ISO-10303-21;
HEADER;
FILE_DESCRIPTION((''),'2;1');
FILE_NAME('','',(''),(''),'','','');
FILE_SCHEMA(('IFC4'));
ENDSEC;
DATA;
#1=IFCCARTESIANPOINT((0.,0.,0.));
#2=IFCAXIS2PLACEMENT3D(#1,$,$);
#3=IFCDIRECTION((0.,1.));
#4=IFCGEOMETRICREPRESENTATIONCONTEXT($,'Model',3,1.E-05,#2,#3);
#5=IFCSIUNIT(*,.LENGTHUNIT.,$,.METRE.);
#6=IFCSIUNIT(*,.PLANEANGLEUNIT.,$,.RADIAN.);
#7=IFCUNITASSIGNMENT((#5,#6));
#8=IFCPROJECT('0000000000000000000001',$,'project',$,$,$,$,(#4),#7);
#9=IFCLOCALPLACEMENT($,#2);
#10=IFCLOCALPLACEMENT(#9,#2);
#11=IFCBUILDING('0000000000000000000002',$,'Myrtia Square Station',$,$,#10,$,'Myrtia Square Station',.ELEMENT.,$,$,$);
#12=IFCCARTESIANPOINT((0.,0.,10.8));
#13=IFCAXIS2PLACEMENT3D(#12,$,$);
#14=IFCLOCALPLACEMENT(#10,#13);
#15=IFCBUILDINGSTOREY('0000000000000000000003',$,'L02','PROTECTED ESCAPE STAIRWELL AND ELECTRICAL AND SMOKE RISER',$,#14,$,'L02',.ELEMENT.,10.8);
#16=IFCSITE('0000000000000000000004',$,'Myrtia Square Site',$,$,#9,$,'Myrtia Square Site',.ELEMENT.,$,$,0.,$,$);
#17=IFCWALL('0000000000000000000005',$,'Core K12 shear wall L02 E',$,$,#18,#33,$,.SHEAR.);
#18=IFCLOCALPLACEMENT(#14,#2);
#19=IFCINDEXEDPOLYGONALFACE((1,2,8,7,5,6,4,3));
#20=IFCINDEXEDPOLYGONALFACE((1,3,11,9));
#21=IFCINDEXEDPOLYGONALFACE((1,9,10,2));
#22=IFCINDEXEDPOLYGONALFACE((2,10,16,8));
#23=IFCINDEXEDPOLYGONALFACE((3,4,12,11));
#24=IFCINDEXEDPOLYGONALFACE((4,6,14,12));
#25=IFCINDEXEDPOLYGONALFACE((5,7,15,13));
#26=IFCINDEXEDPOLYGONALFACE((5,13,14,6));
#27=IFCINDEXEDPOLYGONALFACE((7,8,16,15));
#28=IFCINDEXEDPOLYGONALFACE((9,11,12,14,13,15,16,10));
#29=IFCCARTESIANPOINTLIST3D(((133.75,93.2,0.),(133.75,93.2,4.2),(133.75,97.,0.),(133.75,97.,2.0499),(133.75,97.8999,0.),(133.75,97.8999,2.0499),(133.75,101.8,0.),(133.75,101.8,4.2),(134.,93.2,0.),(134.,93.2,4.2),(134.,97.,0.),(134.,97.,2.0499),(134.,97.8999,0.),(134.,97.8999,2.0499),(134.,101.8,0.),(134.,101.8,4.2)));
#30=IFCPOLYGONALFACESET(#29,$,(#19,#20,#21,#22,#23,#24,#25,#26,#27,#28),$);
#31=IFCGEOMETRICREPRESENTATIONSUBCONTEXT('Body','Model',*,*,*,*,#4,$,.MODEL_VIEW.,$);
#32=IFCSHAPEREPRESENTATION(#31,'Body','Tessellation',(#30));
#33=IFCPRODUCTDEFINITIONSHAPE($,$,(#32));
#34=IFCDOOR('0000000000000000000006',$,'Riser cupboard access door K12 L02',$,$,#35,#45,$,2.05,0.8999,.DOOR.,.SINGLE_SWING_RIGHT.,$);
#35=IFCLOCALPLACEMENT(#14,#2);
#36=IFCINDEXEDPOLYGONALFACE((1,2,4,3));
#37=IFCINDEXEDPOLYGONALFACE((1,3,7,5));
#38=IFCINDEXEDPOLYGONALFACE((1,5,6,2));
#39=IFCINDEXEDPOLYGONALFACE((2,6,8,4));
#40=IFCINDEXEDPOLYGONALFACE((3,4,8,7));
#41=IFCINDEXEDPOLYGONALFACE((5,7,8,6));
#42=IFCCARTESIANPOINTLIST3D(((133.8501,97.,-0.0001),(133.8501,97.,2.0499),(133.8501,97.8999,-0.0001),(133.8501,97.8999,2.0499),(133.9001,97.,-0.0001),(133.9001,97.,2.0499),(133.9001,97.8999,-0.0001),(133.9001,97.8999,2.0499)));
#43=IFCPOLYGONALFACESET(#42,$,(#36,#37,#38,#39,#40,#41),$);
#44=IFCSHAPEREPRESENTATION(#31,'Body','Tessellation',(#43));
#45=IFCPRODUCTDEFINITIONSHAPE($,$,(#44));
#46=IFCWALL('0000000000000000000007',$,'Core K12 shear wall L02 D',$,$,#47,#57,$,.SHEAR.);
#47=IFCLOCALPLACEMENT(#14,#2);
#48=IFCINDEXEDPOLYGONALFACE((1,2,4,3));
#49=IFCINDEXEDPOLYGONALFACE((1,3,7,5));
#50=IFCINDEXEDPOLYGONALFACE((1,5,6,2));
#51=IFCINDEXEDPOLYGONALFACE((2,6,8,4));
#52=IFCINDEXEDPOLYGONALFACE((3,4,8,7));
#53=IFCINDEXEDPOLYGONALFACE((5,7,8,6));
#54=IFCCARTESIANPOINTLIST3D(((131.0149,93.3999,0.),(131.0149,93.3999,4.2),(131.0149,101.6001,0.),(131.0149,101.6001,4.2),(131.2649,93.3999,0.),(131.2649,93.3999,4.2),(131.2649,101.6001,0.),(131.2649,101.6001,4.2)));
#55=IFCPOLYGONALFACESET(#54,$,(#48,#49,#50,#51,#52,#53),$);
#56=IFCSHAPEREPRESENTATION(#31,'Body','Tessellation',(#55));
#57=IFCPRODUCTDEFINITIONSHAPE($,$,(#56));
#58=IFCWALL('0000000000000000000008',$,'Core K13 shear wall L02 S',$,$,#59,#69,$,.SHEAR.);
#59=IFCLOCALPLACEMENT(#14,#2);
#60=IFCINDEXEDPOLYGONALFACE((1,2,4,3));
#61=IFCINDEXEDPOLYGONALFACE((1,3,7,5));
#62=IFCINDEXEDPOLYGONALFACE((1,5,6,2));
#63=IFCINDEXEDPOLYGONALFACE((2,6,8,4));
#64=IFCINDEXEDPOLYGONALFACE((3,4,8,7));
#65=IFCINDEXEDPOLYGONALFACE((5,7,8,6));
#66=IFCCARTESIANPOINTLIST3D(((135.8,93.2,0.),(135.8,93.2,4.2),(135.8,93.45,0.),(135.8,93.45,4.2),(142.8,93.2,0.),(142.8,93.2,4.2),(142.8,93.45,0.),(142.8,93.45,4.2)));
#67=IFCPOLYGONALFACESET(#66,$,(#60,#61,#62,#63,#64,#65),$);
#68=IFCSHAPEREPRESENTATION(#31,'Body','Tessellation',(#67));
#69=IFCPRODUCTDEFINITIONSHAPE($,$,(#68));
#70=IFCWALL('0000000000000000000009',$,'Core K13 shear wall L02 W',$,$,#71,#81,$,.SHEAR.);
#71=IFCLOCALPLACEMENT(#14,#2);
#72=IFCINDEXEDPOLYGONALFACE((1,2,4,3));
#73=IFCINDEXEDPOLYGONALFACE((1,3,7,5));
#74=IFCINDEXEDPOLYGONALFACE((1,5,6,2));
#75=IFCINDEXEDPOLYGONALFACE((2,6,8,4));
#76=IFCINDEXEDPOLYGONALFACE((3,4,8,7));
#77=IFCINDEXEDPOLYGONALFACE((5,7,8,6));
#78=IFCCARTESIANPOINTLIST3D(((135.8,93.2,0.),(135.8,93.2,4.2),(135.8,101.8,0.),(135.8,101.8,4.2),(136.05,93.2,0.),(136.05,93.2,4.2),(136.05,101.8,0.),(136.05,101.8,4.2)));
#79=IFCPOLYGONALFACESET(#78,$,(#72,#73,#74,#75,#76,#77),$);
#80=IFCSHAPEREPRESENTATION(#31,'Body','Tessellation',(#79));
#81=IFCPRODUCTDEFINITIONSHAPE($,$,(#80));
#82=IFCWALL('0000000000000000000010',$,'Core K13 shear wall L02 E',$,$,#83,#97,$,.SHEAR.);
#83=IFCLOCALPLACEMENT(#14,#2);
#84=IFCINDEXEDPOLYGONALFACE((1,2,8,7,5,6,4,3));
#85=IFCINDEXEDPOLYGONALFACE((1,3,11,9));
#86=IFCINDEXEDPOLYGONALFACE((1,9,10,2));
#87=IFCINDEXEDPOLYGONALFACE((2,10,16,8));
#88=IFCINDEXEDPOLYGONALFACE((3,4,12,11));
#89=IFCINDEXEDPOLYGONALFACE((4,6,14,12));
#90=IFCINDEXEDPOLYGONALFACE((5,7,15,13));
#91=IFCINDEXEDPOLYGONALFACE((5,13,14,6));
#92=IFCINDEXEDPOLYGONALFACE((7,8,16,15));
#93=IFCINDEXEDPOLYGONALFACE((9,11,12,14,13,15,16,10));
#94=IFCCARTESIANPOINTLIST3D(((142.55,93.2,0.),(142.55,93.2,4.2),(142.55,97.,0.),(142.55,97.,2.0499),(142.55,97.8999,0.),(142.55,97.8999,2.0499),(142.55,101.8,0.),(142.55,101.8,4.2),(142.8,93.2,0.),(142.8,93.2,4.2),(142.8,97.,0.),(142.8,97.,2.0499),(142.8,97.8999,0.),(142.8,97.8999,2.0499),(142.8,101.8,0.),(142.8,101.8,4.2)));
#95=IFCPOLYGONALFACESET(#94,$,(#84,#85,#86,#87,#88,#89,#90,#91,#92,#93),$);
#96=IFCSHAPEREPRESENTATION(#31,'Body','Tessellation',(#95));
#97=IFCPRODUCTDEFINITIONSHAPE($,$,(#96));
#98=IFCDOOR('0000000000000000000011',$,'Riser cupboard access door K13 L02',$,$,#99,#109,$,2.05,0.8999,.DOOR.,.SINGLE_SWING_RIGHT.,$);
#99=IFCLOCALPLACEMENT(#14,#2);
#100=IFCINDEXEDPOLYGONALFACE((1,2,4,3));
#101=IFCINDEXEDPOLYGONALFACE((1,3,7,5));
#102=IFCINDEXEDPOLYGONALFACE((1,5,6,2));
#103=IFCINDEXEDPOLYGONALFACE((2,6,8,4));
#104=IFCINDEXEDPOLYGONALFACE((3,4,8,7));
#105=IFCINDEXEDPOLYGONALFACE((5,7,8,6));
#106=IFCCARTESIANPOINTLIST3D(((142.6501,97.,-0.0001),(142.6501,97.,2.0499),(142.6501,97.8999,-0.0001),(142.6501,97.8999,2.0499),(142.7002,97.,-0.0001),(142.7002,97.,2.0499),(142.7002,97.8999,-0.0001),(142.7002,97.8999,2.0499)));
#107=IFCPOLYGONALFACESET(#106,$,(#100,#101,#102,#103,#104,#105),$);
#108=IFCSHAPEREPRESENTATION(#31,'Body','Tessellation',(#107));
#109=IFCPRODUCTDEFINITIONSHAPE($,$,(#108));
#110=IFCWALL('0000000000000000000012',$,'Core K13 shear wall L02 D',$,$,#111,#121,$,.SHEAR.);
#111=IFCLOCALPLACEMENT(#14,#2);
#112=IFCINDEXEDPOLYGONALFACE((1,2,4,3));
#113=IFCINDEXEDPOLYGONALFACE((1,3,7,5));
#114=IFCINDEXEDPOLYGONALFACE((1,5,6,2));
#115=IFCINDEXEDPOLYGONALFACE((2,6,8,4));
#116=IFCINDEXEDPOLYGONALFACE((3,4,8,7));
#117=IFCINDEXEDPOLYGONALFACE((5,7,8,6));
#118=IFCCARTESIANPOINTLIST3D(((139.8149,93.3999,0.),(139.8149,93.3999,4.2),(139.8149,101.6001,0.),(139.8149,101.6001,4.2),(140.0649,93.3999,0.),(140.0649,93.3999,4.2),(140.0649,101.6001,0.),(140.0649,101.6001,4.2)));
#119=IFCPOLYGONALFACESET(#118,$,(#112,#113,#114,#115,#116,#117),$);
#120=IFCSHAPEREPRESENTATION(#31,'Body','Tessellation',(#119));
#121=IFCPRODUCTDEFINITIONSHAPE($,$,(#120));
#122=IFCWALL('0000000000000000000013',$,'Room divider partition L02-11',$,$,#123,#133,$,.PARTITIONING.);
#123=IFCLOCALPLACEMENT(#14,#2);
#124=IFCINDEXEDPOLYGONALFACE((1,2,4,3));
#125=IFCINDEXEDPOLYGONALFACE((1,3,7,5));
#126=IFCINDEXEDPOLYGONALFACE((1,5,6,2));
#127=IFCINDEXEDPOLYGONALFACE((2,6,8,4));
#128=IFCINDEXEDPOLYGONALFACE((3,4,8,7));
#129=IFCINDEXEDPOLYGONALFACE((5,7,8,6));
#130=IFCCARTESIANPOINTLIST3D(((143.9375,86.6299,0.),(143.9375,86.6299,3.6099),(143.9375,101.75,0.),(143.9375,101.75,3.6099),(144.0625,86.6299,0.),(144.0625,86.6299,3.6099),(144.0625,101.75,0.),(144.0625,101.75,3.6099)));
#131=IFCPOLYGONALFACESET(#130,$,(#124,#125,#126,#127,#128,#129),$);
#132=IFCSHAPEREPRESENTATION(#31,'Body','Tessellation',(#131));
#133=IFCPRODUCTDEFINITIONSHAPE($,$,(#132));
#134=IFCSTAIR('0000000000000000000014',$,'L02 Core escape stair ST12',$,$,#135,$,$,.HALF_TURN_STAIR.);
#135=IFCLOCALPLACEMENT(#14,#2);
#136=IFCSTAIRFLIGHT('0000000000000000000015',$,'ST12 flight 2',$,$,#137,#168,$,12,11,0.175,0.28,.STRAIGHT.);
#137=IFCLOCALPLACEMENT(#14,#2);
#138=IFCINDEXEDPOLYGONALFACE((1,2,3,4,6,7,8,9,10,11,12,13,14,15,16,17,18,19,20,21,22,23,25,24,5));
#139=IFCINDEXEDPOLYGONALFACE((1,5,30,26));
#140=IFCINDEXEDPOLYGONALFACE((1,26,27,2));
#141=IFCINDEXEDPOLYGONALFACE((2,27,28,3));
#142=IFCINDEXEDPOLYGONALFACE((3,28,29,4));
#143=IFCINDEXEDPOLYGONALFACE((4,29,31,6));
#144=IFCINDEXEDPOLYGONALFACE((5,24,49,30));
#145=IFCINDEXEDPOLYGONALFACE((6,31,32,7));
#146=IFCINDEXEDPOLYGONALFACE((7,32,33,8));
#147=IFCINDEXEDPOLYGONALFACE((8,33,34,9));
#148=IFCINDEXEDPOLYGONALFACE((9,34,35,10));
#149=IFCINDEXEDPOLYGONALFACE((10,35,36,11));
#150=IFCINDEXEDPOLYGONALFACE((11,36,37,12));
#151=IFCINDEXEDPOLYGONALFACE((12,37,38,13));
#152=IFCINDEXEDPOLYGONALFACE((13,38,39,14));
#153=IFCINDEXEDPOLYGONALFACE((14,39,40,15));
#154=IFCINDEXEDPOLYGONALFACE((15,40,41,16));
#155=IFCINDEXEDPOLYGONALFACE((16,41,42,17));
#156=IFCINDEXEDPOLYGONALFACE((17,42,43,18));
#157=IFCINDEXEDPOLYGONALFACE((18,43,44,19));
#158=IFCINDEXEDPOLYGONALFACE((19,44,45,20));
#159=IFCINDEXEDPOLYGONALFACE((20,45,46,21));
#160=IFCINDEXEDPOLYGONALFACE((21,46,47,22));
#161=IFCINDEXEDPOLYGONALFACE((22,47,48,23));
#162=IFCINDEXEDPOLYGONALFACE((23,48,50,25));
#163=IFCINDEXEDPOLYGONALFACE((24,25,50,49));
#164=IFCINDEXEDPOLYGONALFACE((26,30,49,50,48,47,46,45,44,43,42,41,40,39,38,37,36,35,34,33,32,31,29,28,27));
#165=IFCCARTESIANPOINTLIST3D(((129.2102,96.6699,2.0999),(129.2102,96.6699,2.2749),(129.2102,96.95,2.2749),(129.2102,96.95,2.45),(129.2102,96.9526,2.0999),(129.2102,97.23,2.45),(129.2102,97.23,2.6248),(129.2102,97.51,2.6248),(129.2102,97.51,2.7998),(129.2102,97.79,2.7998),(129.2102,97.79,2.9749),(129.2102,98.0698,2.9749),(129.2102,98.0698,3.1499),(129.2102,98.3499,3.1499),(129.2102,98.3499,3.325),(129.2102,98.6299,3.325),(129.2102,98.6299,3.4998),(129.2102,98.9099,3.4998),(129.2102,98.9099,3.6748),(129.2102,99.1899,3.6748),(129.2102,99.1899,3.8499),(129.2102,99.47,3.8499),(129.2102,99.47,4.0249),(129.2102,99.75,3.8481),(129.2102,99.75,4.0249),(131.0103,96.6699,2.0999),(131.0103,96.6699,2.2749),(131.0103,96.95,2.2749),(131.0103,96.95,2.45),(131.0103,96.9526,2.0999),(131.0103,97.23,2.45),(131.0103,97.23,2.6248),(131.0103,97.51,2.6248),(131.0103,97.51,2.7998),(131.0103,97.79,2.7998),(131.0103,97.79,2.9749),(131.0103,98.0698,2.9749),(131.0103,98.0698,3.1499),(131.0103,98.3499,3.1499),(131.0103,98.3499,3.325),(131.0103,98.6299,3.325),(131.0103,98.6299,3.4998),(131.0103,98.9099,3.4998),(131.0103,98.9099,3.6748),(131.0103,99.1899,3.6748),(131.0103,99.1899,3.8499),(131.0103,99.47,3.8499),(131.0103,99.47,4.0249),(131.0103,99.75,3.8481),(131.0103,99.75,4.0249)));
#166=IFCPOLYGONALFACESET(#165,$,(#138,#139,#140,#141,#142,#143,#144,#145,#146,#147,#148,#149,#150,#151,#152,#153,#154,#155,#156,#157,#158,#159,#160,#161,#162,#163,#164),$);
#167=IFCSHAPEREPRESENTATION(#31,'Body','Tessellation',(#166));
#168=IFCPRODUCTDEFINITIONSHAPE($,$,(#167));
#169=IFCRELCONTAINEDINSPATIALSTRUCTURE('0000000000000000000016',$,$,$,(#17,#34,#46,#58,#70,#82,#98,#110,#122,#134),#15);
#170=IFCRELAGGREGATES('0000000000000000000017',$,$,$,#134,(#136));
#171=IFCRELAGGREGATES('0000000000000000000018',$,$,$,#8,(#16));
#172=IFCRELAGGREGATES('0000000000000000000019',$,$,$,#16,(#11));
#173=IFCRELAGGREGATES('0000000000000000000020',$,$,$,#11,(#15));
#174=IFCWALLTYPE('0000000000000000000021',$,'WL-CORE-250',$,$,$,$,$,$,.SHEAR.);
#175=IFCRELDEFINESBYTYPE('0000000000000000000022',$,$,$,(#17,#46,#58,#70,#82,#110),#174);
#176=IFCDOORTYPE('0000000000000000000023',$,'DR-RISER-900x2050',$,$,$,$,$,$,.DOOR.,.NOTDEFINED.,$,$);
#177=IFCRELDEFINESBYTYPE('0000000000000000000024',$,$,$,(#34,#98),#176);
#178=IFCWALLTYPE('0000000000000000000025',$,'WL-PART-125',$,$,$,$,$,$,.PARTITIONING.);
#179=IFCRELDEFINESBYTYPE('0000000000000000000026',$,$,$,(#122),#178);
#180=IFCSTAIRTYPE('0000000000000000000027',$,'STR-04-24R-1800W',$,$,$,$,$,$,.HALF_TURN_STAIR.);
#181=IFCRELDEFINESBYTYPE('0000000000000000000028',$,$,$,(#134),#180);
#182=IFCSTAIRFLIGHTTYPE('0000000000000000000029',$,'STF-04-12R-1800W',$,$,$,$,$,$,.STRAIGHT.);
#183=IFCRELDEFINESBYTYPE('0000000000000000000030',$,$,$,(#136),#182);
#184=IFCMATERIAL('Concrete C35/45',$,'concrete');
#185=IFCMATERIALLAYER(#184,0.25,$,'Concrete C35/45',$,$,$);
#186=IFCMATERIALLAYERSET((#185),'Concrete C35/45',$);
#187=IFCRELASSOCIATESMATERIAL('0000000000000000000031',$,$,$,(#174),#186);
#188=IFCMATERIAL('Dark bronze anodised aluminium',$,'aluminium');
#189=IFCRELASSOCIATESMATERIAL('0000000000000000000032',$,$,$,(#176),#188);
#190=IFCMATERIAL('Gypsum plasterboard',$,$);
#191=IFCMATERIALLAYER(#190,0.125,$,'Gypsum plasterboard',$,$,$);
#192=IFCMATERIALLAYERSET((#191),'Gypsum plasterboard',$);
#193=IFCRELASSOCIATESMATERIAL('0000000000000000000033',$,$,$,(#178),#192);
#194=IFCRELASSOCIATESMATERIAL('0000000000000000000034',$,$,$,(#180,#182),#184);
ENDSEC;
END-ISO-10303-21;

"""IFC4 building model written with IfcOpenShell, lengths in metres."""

from ifc_helpers import new_model, si_unit, direction, frame, frame_2d, origin, place, context, subcontext, project, spatial, polyline, rectangle, outline, extrude, material, layer, layer_set, type_object, element, fill, aggregate, save


model = new_model("IFC4")

# Units and contexts
model_context = context("Model", 3, precision=1e-05, world=origin(), true_north=direction((0.0, 1.0)))
body_context = subcontext(model_context, "Body", "Model", "MODEL_VIEW")
ifc_project = project(units=[si_unit("LENGTHUNIT", "METRE"), si_unit("PLANEANGLEUNIT", "RADIAN")], contexts=[model_context])

# Site, building, storey
site_placement = place(None, origin())
site = spatial("IfcSite", under=ifc_project, at=site_placement, Name="Myrtia Square Site", LongName="Myrtia Square Site", CompositionType="ELEMENT", RefElevation=0.0)
building_placement = place(site_placement, origin())
building = spatial("IfcBuilding", under=site, at=building_placement, Name="Myrtia Square Station", LongName="Myrtia Square Station", CompositionType="ELEMENT")
storey_placement = place(building_placement, frame((0.0, 0.0, 10.8)))
storey = spatial("IfcBuildingStorey", under=building, at=storey_placement, Name="L02", Description="PROTECTED ESCAPE STAIRWELL AND ELECTRICAL AND SMOKE RISER", LongName="L02", CompositionType="ELEMENT", Elevation=10.8)

# Shared definitions
ifc_material_1 = material(Name="Dark bronze anodised aluminium", Category="aluminium")

# Shared definitions
ifc_material_2 = material(Name="Concrete C35/45", Category="concrete")
ifc_layer_1 = layer(ifc_material_2, 0.25, Name="Concrete C35/45")
ifc_layer_set_1 = layer_set([ifc_layer_1], Name="Concrete C35/45")
wall_type_1 = type_object("IfcWallType", Name="WL-CORE-250", PredefinedType="SHEAR", material=ifc_layer_set_1)

# Wall, opening, door
wall_1_placement = place(storey_placement, frame((133.875, 93.2, 0.0), z_axis=(0.0, 0.0, 1.0), x_axis=(0.0, 1.0, 0.0)))
wall_1 = element("IfcWall", 1, at=wall_1_placement, inside=storey, type_object=wall_type_1, Name="Core K12 shear wall L02 E", PredefinedType="SHEAR", context=body_context, shape_type="SweptSolid", body=[
    extrude(rectangle(XDim=8.6001, YDim=0.25, at=frame_2d((4.3, 0.0))), origin(), (0.0, 0.0, 1.0), 4.2),
])
opening_1_placement = place(wall_1_placement, frame((3.8, 0.0, 0.0)))
opening_1 = element("IfcOpeningElement", 2, at=opening_1_placement, cuts=wall_1, PredefinedType="OPENING", context=body_context, shape_type="SweptSolid", body=[
    extrude(rectangle(XDim=0.8999, YDim=2.05, at=frame_2d((0.45, 1.0249))), frame((0.0, 0.1399, 0.0), z_axis=(0.0, -1.0, 0.0), x_axis=(1.0, 0.0, 0.0)), (0.0, 0.0, 1.0), 0.28),
])
door_type = type_object("IfcDoorType", Name="DR-RISER-900x2050", OperationType="NOTDEFINED", PredefinedType="DOOR", material=ifc_material_1)
door_1_placement = place(opening_1_placement, origin())
door_1 = element("IfcDoor", 3, at=door_1_placement, inside=storey, type_object=door_type, Name="Riser cupboard access door K12 L02", OperationType="SINGLE_SWING_RIGHT", OverallHeight=2.05, OverallWidth=0.8999, PredefinedType="DOOR", context=body_context, shape_type="SweptSolid", body=[
    extrude(rectangle(XDim=0.8999, YDim=2.05, at=frame_2d((0.45, 1.0249))), frame((0.0, 0.0249, 0.0), z_axis=(0.0, -1.0, 0.0), x_axis=(1.0, 0.0, 0.0)), (0.0, 0.0, 1.0), 0.05),
])
fill(opening_1, door_1)

# Walls
wall_2_placement = place(storey_placement, frame((131.1399, 93.3999, 0.0), z_axis=(0.0, 0.0, 1.0), x_axis=(0.0, 1.0, 0.0)))
element("IfcWall", 4, at=wall_2_placement, inside=storey, type_object=wall_type_1, Name="Core K12 shear wall L02 D", PredefinedType="SHEAR", context=body_context, shape_type="SweptSolid", body=[
    extrude(rectangle(XDim=8.2002, YDim=0.25, at=frame_2d((4.1001, 0.0))), origin(), (0.0, 0.0, 1.0), 4.2),
])
wall_3_placement = place(storey_placement, frame((135.8, 93.325, 0.0), z_axis=(0.0, 0.0, 1.0), x_axis=(1.0, 0.0, 0.0)))
element("IfcWall", 5, at=wall_3_placement, inside=storey, type_object=wall_type_1, Name="Core K13 shear wall L02 S", PredefinedType="SHEAR", context=body_context, shape_type="SweptSolid", body=[
    extrude(rectangle(XDim=7.0, YDim=0.25, at=frame_2d((3.5, 0.0))), origin(), (0.0, 0.0, 1.0), 4.2),
])
wall_4_placement = place(storey_placement, frame((135.925, 93.2, 0.0), z_axis=(0.0, 0.0, 1.0), x_axis=(0.0, 1.0, 0.0)))
element("IfcWall", 6, at=wall_4_placement, inside=storey, type_object=wall_type_1, Name="Core K13 shear wall L02 W", PredefinedType="SHEAR", context=body_context, shape_type="SweptSolid", body=[
    extrude(rectangle(XDim=8.6001, YDim=0.25, at=frame_2d((4.3, 0.0))), origin(), (0.0, 0.0, 1.0), 4.2),
])

# Wall, opening, door
wall_5_placement = place(storey_placement, frame((142.675, 93.2, 0.0), z_axis=(0.0, 0.0, 1.0), x_axis=(0.0, 1.0, 0.0)))
wall_5 = element("IfcWall", 7, at=wall_5_placement, inside=storey, type_object=wall_type_1, Name="Core K13 shear wall L02 E", PredefinedType="SHEAR", context=body_context, shape_type="SweptSolid", body=[
    extrude(rectangle(XDim=8.6001, YDim=0.25, at=frame_2d((4.3, 0.0))), origin(), (0.0, 0.0, 1.0), 4.2),
])
opening_2_placement = place(wall_5_placement, frame((3.8, 0.0, 0.0)))
opening_2 = element("IfcOpeningElement", 8, at=opening_2_placement, cuts=wall_5, PredefinedType="OPENING", context=body_context, shape_type="SweptSolid", body=[
    extrude(rectangle(XDim=0.8999, YDim=2.05, at=frame_2d((0.45, 1.0249))), frame((0.0, 0.1399, 0.0), z_axis=(0.0, -1.0, 0.0), x_axis=(1.0, 0.0, 0.0)), (0.0, 0.0, 1.0), 0.28),
])
door_2_placement = place(opening_2_placement, origin())
door_2 = element("IfcDoor", 9, at=door_2_placement, inside=storey, type_object=door_type, Name="Riser cupboard access door K13 L02", OperationType="SINGLE_SWING_RIGHT", OverallHeight=2.05, OverallWidth=0.8999, PredefinedType="DOOR", context=body_context, shape_type="SweptSolid", body=[
    extrude(rectangle(XDim=0.8999, YDim=2.05, at=frame_2d((0.45, 1.0249))), frame((0.0, 0.0249, 0.0), z_axis=(0.0, -1.0, 0.0), x_axis=(1.0, 0.0, 0.0)), (0.0, 0.0, 1.0), 0.05),
])
fill(opening_2, door_2)

# Walls
wall_6_placement = place(storey_placement, frame((139.9399, 93.3999, 0.0), z_axis=(0.0, 0.0, 1.0), x_axis=(0.0, 1.0, 0.0)))
element("IfcWall", 10, at=wall_6_placement, inside=storey, type_object=wall_type_1, Name="Core K13 shear wall L02 D", PredefinedType="SHEAR", context=body_context, shape_type="SweptSolid", body=[
    extrude(rectangle(XDim=8.2002, YDim=0.25, at=frame_2d((4.1001, 0.0))), origin(), (0.0, 0.0, 1.0), 4.2),
])
ifc_material_3 = material(Name="Gypsum plasterboard")
ifc_layer_2 = layer(ifc_material_3, 0.125, Name="Gypsum plasterboard")
ifc_layer_set_2 = layer_set([ifc_layer_2], Name="Gypsum plasterboard")
wall_type_2 = type_object("IfcWallType", Name="WL-PART-125", PredefinedType="PARTITIONING", material=ifc_layer_set_2)
wall_7_placement = place(storey_placement, frame((144.0, 86.6299, 0.0), z_axis=(0.0, 0.0, 1.0), x_axis=(0.0, 1.0, 0.0)))
element("IfcWall", 11, at=wall_7_placement, inside=storey, type_object=wall_type_2, Name="Room divider partition L02-11", PredefinedType="PARTITIONING", context=body_context, shape_type="SweptSolid", body=[
    extrude(rectangle(XDim=15.1201, YDim=0.125, at=frame_2d((7.5601, 0.0))), origin(), (0.0, 0.0, 1.0), 3.6099),
])

# Stair, stair flight
stair_type = type_object("IfcStairType", Name="STR-04-24R-1800W", PredefinedType="HALF_TURN_STAIR", material=ifc_material_2)
stair_placement = place(storey_placement, origin())
stair = element("IfcStair", 12, at=stair_placement, inside=storey, type_object=stair_type, Name="L02 Core escape stair ST12", PredefinedType="HALF_TURN_STAIR")
stair_flight_type = type_object("IfcStairFlightType", Name="STF-04-12R-1800W", PredefinedType="STRAIGHT", material=ifc_material_2)
stair_flight_placement = place(storey_placement, frame((130.1101, 96.6699, 2.0999), z_axis=(0.0, 0.0, 1.0), x_axis=(0.0, 1.0, 0.0)))
stair_flight = element("IfcStairFlight", 13, at=stair_flight_placement, type_object=stair_flight_type, Name="ST12 flight 2", NumberOfRisers=12, NumberOfTreads=11, PredefinedType="STRAIGHT", RiserHeight=0.175, TreadLength=0.28, context=body_context, shape_type="SweptSolid", body=[
    extrude(outline(polyline([(0.0, 0.0), (0.0, 0.175), (0.28, 0.175), (0.28, 0.3501), (0.5601, 0.3501), (0.5601, 0.5249), (0.8401, 0.5249), (0.8401, 0.7), (1.1201, 0.7), (1.1201, 0.875), (1.3999, 0.875), (1.3999, 1.05), (1.6799, 1.05), (1.6799, 1.2251), (1.96, 1.2251), (1.96, 1.3999), (2.24, 1.3999), (2.24, 1.575), (2.52, 1.575), (2.52, 1.75), (2.8, 1.75), (2.8, 1.925), (3.0801, 1.925), (3.0801, 2.1001), (3.0801, 1.7483), (0.2827, 0.0), (0.0, 0.0)])), frame((0.0, 0.8999, 0.0), z_axis=(0.0, -1.0, 0.0), x_axis=(1.0, 0.0, 0.0)), (0.0, 0.0, 1.0), 1.8),
])
aggregate(stair, [stair_flight])

save(model, "model.ifc")
